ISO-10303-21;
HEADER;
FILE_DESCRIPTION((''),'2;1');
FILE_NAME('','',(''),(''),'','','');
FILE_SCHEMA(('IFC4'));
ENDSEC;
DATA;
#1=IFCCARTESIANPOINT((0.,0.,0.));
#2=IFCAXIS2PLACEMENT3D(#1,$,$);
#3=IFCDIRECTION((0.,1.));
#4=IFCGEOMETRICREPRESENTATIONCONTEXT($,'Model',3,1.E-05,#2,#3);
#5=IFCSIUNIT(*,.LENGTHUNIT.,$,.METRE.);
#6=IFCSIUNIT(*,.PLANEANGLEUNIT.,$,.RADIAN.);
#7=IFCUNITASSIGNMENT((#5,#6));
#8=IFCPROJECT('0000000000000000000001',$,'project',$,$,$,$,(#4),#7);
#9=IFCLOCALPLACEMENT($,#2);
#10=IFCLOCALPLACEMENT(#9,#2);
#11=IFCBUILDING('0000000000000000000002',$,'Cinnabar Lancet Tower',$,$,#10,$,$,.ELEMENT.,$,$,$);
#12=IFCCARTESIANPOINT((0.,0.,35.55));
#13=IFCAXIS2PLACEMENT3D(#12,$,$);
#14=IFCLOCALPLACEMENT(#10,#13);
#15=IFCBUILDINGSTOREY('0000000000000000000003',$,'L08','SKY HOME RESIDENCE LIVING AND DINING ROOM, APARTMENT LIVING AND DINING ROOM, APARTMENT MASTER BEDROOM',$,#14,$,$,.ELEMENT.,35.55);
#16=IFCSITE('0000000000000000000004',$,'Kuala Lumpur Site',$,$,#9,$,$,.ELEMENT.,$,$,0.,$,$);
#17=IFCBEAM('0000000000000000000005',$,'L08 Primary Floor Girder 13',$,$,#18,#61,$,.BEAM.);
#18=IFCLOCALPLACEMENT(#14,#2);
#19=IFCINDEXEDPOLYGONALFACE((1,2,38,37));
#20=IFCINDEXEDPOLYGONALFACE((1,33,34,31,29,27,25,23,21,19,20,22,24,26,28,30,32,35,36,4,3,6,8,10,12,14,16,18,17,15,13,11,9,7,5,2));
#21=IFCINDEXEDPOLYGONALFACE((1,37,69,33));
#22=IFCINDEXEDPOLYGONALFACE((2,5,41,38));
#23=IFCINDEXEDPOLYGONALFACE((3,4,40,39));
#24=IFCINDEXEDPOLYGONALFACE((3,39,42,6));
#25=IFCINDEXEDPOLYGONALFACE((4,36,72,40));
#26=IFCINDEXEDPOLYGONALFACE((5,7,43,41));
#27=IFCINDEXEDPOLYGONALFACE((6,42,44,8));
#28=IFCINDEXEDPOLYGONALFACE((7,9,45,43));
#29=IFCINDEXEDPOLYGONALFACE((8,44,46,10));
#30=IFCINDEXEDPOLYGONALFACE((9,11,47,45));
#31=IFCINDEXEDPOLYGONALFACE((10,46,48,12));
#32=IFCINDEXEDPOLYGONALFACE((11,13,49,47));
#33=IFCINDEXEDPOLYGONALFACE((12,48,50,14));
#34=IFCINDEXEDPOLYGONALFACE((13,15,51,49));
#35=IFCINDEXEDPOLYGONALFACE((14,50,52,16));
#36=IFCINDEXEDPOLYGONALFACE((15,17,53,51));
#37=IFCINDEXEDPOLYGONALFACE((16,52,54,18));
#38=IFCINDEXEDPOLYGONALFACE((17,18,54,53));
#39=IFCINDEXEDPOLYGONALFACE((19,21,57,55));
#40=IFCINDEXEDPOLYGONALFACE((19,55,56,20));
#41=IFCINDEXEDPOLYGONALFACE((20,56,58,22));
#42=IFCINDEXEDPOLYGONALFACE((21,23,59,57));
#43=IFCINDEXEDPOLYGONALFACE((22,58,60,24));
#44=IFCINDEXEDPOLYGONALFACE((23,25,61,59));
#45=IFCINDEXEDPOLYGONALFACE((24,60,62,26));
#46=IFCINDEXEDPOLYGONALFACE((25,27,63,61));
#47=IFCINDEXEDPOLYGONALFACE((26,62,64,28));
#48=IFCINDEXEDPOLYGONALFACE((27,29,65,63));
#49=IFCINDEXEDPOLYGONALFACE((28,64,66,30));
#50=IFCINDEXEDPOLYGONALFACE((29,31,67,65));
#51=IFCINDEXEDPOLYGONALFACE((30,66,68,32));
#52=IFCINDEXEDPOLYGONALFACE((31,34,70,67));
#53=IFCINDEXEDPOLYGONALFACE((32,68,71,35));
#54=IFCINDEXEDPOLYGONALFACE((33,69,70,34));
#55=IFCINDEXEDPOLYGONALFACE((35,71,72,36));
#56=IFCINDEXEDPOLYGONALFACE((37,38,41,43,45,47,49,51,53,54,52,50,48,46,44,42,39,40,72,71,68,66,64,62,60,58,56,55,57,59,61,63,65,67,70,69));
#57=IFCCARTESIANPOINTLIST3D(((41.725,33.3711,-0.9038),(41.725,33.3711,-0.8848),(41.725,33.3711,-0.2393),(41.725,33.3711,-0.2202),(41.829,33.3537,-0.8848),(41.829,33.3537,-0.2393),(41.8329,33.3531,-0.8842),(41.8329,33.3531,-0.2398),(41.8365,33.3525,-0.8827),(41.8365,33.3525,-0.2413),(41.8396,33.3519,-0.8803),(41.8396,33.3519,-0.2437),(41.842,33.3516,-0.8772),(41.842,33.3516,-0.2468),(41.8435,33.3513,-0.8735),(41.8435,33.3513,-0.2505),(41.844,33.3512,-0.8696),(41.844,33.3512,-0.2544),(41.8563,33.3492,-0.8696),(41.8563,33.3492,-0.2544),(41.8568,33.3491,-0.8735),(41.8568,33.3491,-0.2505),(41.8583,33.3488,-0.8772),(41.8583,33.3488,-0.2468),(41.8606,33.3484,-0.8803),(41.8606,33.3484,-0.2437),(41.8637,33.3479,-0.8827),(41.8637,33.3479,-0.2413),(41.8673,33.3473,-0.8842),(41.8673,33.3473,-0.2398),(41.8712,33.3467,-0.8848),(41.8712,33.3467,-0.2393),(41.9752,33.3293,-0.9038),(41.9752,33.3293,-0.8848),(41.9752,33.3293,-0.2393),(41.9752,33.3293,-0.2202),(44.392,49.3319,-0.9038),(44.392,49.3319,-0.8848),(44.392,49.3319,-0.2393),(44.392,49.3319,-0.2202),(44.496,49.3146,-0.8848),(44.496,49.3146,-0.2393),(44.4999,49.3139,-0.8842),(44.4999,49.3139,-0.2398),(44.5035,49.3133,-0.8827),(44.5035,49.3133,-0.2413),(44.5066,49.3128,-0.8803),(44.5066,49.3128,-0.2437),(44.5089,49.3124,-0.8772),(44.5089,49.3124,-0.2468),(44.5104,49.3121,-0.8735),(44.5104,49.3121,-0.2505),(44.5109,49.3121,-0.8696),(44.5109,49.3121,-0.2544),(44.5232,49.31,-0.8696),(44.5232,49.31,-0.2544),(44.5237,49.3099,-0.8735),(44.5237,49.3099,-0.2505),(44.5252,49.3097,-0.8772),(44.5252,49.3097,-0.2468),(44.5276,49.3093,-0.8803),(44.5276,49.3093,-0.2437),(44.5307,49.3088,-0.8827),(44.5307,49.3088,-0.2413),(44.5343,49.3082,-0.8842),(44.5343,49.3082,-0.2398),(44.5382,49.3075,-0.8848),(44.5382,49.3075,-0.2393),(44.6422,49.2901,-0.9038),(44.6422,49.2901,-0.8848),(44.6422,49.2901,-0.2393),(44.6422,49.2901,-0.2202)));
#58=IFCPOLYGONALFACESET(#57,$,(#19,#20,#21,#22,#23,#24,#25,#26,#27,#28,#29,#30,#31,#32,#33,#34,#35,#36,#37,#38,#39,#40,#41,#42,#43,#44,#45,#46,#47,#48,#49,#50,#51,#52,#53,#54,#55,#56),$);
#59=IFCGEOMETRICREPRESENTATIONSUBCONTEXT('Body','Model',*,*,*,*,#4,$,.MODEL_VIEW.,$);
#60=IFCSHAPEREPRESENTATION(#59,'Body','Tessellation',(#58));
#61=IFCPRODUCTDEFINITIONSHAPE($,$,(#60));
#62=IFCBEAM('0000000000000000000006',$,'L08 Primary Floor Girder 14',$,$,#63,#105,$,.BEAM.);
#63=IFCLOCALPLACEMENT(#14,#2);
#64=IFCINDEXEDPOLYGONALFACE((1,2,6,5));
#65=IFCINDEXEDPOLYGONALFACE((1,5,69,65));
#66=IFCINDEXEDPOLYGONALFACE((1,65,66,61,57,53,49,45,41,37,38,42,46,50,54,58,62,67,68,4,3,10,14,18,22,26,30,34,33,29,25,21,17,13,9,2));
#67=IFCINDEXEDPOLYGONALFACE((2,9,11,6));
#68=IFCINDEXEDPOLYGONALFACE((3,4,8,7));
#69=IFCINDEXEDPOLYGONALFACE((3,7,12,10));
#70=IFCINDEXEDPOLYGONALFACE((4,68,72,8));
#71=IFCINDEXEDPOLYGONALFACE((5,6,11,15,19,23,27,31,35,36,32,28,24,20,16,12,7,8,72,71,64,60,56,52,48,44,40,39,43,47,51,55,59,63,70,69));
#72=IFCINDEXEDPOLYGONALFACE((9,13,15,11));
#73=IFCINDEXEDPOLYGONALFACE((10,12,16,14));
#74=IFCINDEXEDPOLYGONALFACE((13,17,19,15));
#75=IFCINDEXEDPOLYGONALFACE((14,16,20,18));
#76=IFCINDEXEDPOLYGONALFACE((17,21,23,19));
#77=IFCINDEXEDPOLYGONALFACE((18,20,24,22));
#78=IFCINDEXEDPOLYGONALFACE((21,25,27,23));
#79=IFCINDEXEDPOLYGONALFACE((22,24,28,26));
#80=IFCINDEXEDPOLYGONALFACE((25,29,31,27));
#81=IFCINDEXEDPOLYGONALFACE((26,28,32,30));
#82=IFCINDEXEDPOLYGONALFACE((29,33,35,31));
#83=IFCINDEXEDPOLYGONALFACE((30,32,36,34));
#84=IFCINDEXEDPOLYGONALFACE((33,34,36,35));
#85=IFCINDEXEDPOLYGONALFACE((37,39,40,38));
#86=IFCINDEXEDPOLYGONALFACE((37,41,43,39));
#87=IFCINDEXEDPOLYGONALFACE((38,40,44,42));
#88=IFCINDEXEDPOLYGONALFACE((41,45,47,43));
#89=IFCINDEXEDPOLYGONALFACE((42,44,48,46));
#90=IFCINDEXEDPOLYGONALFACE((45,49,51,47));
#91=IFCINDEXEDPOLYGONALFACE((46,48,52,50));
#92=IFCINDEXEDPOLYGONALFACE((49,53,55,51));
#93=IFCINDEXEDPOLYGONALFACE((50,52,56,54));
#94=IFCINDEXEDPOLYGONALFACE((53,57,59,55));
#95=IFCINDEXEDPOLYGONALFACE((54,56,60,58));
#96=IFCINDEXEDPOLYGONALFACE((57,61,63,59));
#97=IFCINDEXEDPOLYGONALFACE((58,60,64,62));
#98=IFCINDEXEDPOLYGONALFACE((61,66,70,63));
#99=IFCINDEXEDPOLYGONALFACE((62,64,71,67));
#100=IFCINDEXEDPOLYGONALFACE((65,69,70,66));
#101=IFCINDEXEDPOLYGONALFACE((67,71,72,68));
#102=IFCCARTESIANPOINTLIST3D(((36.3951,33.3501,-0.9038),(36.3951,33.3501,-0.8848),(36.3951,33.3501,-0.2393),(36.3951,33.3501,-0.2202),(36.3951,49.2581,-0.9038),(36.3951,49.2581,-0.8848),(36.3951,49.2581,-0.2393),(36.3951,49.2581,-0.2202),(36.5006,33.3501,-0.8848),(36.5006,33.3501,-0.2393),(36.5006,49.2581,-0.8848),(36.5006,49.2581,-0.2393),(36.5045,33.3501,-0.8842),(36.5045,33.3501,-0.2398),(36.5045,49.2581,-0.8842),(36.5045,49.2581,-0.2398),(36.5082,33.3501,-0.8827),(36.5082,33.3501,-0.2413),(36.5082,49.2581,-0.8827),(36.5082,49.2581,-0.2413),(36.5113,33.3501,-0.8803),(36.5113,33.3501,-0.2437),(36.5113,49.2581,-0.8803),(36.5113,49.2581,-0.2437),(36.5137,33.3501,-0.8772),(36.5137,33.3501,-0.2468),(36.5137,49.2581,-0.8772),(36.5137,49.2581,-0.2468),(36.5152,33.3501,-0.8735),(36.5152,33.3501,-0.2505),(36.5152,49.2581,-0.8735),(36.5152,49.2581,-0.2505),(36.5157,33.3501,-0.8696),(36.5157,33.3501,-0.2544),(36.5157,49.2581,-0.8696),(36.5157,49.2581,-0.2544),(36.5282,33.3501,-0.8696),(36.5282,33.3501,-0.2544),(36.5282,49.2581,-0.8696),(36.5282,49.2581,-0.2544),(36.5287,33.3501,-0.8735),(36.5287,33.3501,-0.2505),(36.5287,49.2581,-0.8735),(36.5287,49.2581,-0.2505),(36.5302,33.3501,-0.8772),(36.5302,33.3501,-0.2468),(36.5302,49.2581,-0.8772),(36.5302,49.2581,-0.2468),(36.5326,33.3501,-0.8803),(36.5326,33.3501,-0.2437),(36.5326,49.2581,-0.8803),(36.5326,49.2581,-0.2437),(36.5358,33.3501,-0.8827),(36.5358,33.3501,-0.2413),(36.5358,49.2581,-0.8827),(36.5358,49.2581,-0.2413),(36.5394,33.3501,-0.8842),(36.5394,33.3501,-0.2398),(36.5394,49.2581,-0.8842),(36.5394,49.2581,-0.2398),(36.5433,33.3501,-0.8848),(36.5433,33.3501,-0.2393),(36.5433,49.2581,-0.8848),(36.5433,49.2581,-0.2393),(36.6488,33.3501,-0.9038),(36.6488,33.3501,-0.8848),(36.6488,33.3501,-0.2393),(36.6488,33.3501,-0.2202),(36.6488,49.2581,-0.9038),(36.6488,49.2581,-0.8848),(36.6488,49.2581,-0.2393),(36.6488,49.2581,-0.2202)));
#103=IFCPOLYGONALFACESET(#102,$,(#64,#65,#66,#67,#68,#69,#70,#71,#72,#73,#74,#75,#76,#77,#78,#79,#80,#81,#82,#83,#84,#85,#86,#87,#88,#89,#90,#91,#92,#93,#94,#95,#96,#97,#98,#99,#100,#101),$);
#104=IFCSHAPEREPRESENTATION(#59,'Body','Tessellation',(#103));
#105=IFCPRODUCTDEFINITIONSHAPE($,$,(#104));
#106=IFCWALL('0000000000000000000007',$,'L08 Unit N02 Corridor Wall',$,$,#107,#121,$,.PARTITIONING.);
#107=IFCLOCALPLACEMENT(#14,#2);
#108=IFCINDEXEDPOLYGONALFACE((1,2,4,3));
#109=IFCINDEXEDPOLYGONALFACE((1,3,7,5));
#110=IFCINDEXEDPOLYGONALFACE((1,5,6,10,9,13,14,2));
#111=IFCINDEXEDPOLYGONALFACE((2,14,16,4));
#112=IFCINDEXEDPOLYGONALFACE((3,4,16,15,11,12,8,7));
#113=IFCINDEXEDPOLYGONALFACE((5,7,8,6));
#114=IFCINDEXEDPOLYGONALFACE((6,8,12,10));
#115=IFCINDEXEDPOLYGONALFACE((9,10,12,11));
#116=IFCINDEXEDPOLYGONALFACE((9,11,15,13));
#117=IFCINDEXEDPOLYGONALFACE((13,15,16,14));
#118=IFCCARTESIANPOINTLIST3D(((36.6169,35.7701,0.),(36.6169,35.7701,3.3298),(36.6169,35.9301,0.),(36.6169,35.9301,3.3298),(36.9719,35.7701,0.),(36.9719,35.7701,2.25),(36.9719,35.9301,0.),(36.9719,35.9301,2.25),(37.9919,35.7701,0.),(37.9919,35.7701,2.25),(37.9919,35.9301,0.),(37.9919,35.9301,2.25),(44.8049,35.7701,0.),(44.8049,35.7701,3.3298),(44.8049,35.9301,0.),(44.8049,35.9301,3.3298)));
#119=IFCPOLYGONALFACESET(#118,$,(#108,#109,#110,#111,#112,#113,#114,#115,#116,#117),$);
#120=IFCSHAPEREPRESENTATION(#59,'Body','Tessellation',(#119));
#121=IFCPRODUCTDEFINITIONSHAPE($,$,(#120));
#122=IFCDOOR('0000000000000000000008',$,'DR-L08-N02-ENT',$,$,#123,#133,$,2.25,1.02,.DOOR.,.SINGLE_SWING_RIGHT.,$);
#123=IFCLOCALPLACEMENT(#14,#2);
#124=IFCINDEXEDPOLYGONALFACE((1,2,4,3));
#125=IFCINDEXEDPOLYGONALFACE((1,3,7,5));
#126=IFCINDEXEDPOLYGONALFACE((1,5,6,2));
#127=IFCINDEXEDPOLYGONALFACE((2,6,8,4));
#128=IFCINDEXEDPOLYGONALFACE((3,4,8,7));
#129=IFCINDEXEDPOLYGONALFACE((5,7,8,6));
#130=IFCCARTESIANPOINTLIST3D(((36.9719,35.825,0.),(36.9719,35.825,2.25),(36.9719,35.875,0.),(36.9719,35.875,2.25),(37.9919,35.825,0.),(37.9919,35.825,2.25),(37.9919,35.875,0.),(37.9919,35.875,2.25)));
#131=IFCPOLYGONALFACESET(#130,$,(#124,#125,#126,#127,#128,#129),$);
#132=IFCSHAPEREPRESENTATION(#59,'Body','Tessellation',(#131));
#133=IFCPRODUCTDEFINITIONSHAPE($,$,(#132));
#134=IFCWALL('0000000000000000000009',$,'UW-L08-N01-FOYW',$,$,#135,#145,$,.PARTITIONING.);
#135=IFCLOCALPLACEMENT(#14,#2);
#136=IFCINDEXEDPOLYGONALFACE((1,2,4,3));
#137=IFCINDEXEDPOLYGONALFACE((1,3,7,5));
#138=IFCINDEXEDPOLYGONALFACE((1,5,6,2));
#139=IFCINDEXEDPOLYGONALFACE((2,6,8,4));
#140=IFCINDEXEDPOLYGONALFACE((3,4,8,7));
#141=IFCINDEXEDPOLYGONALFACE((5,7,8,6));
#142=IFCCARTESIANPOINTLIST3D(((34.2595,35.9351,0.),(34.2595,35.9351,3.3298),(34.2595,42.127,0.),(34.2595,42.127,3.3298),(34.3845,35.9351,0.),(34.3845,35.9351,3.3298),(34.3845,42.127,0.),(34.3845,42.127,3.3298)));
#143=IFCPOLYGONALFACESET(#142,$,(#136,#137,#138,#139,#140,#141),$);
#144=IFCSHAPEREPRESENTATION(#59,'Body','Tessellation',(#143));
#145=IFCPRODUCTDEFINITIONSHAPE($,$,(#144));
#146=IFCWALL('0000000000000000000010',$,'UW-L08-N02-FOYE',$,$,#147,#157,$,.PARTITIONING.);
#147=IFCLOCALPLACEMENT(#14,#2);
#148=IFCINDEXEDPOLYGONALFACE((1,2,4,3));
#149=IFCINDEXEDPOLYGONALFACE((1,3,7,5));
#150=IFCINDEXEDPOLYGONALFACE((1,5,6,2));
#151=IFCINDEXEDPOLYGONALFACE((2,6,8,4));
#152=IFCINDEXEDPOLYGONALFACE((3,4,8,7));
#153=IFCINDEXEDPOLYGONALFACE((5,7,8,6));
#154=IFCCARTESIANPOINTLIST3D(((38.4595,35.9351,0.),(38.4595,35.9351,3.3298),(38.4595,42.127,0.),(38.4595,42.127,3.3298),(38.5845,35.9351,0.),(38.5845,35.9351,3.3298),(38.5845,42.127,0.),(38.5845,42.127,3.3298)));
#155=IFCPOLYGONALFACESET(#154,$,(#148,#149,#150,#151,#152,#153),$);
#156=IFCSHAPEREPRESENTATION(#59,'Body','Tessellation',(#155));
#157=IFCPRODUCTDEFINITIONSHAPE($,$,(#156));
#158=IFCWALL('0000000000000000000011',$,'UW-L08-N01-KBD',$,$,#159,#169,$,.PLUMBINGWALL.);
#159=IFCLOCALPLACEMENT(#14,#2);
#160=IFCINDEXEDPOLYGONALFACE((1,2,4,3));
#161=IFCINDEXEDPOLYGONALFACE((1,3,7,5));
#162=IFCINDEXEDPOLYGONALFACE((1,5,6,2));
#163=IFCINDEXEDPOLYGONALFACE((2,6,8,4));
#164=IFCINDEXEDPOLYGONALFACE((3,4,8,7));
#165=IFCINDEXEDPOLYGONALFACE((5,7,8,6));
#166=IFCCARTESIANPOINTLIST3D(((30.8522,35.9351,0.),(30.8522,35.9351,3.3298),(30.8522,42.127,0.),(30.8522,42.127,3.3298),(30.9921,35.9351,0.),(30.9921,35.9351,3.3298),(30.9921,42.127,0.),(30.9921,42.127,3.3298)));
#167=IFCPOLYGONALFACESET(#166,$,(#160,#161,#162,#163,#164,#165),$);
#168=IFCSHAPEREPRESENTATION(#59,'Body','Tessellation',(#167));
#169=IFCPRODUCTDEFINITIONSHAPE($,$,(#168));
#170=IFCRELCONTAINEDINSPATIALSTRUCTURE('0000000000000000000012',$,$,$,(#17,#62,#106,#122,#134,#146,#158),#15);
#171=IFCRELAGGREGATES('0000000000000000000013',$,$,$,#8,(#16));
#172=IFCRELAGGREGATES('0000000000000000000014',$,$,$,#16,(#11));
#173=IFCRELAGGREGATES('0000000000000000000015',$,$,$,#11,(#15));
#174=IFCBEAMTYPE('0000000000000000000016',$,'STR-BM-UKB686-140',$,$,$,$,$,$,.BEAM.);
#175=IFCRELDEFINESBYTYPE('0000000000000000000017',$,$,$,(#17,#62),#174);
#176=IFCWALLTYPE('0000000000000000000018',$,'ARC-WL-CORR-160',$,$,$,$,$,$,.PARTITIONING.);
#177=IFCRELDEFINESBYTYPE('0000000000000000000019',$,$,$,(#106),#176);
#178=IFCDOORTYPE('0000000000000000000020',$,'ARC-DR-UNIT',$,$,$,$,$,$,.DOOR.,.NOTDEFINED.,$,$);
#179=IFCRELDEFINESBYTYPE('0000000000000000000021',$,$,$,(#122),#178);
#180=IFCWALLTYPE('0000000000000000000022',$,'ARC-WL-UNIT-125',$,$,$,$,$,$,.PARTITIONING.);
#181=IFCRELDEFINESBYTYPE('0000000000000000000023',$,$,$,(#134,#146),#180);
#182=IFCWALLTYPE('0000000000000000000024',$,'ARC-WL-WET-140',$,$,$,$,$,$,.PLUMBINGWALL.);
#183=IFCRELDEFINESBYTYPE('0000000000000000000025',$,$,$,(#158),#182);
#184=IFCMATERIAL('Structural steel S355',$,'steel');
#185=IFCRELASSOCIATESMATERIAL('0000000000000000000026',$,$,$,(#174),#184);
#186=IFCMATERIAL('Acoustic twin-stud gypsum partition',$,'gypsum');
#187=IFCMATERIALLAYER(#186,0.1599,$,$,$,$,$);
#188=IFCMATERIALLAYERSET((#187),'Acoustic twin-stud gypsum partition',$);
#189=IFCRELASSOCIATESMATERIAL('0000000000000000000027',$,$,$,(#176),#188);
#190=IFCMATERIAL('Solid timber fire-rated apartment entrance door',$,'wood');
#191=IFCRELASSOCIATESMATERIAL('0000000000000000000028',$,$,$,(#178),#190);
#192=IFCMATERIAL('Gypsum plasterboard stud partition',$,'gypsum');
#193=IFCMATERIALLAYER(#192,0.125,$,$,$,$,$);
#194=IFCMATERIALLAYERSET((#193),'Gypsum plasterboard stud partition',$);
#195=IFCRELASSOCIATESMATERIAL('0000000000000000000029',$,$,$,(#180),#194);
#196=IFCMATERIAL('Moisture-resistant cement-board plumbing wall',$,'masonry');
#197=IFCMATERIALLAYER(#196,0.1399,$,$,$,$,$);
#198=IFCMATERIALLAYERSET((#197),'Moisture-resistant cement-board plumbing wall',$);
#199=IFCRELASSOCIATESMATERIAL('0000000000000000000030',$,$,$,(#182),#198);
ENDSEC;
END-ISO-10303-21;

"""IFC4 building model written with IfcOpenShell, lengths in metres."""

from ifc_helpers import new_model, si_unit, direction, frame, frame_2d, origin, origin_2d, place, context, subcontext, project, spatial, rectangle, i_section, extrude, material, layer, layer_set, material_profile, profile_set, type_object, element, fill, save


model = new_model("IFC4")

# Units and contexts
model_context = context("Model", 3, precision=1e-05, world=origin(), true_north=direction((0.0, 1.0)))
body_context = subcontext(model_context, "Body", "Model", "MODEL_VIEW")
ifc_project = project(units=[si_unit("LENGTHUNIT", "METRE"), si_unit("PLANEANGLEUNIT", "RADIAN")], contexts=[model_context])

# Site, building, storey
site_placement = place(None, origin())
site = spatial("IfcSite", under=ifc_project, at=site_placement, Name="Kuala Lumpur Site", CompositionType="ELEMENT", RefElevation=0.0)
building_placement = place(site_placement, origin())
building = spatial("IfcBuilding", under=site, at=building_placement, Name="Cinnabar Lancet Tower", CompositionType="ELEMENT")
storey_placement = place(building_placement, frame((0.0, 0.0, 35.55)))
storey = spatial("IfcBuildingStorey", under=building, at=storey_placement, Name="L08", Description="SKY HOME RESIDENCE LIVING AND DINING ROOM, APARTMENT LIVING AND DINING ROOM, APARTMENT MASTER BEDROOM", CompositionType="ELEMENT", Elevation=35.55)

# Beams
ifc_material_1 = material(Name="Structural steel S355", Category="steel")
ifc_material_profile_1 = material_profile(ifc_material_1, i_section(OverallWidth=0.2537, OverallDepth=0.6836, WebThickness=0.0125, FlangeThickness=0.019, FilletRadius=0.0151, at=origin_2d()), Name="UKB 686x254x140")
ifc_profile_set_1 = profile_set([ifc_material_profile_1], Name="Structural steel S355")
beam_type_1 = type_object("IfcBeamType", Name="STR-BM-UKB686-140", PredefinedType="BEAM", material=ifc_profile_set_1)
beam_1_placement = place(storey_placement, frame((44.5171, 49.311, -0.562), z_axis=(-0.16481, -0.986325, 0.0), x_axis=(0.986325, -0.16481, 0.0)))
element("IfcBeam", 1, at=beam_1_placement, inside=storey, type_object=beam_type_1, Name="L08 Primary Floor Girder 13", PredefinedType="BEAM", context=body_context, shape_type="SweptSolid", body=[
    extrude(i_section(OverallWidth=0.2537, OverallDepth=0.6836, WebThickness=0.0125, FlangeThickness=0.019, FilletRadius=0.0151, at=origin_2d()), origin(), (0.0, 0.0, 1.0), 16.1821),
])
beam_2_placement = place(storey_placement, frame((36.522, 49.2581, -0.562), z_axis=(0.0, -1.0, 0.0), x_axis=(1.0, 0.0, 0.0)))
element("IfcBeam", 2, at=beam_2_placement, inside=storey, type_object=beam_type_1, Name="L08 Primary Floor Girder 14", PredefinedType="BEAM", context=body_context, shape_type="SweptSolid", body=[
    extrude(i_section(OverallWidth=0.2537, OverallDepth=0.6836, WebThickness=0.0125, FlangeThickness=0.019, FilletRadius=0.0151, at=origin_2d()), origin(), (0.0, 0.0, 1.0), 15.908),
])

# Wall, opening, door
ifc_material_2 = material(Name="Acoustic twin-stud gypsum partition", Category="gypsum")
ifc_layer_1 = layer(ifc_material_2, 0.1599)
ifc_layer_set_1 = layer_set([ifc_layer_1], Name="Acoustic twin-stud gypsum partition")
wall_type_1 = type_object("IfcWallType", Name="ARC-WL-CORR-160", PredefinedType="PARTITIONING", material=ifc_layer_set_1)
wall_1_placement = place(storey_placement, frame((36.6169, 35.8501, 0.0), z_axis=(0.0, 0.0, 1.0), x_axis=(1.0, 0.0, 0.0)))
wall_1 = element("IfcWall", 3, at=wall_1_placement, inside=storey, type_object=wall_type_1, Name="L08 Unit N02 Corridor Wall", PredefinedType="PARTITIONING", context=body_context, shape_type="SweptSolid", body=[
    extrude(rectangle(XDim=8.188, YDim=0.1599, at=frame_2d((4.094, 0.0))), origin(), (0.0, 0.0, 1.0), 3.3298),
])
opening_1_placement = place(wall_1_placement, frame((0.355, 0.0, 0.0)))
opening_1 = element("IfcOpeningElement", 4, at=opening_1_placement, cuts=wall_1, PredefinedType="OPENING", context=body_context, shape_type="SweptSolid", body=[
    extrude(rectangle(XDim=1.02, YDim=2.25, at=frame_2d((0.51, 1.125))), frame((0.0, 0.0898, 0.0), z_axis=(0.0, -1.0, 0.0), x_axis=(1.0, 0.0, 0.0)), (0.0, 0.0, 1.0), 0.1799),
])
ifc_material_3 = material(Name="Solid timber fire-rated apartment entrance door", Category="wood")
door_type_1 = type_object("IfcDoorType", Name="ARC-DR-UNIT", OperationType="NOTDEFINED", PredefinedType="DOOR", material=ifc_material_3)
door_1_placement = place(opening_1_placement, origin())
door_1 = element("IfcDoor", 5, at=door_1_placement, inside=storey, type_object=door_type_1, Name="DR-L08-N02-ENT", OperationType="SINGLE_SWING_RIGHT", OverallHeight=2.25, OverallWidth=1.02, PredefinedType="DOOR", context=body_context, shape_type="SweptSolid", body=[
    extrude(rectangle(XDim=1.02, YDim=2.25, at=frame_2d((0.51, 1.125))), frame((0.0, 0.0249, 0.0), z_axis=(0.0, -1.0, 0.0), x_axis=(1.0, 0.0, 0.0)), (0.0, 0.0, 1.0), 0.05),
])
fill(opening_1, door_1)

# Walls
ifc_material_4 = material(Name="Gypsum plasterboard stud partition", Category="gypsum")
ifc_layer_2 = layer(ifc_material_4, 0.125)
ifc_layer_set_2 = layer_set([ifc_layer_2], Name="Gypsum plasterboard stud partition")
wall_type_2 = type_object("IfcWallType", Name="ARC-WL-UNIT-125", PredefinedType="PARTITIONING", material=ifc_layer_set_2)
for number, where, z_axis, x_axis, name in (
    (6, (34.322, 35.9351, 0.0), (0.0, 0.0, 1.0), (0.0, 1.0, 0.0), "UW-L08-N01-FOYW"),
    (7, (38.522, 35.9351, 0.0), (0.0, 0.0, 1.0), (0.0, 1.0, 0.0), "UW-L08-N02-FOYE"),
):
    element("IfcWall", number, at=place(storey_placement, frame(where, z_axis=z_axis, x_axis=x_axis)), inside=storey, type_object=wall_type_2, Name=name, PredefinedType="PARTITIONING", context=body_context, shape_type="SweptSolid", body=[
        extrude(rectangle(XDim=6.1919, YDim=0.125, at=frame_2d((3.0959, 0.0))), origin(), (0.0, 0.0, 1.0), 3.3298),
    ])
ifc_material_5 = material(Name="Moisture-resistant cement-board plumbing wall", Category="masonry")
ifc_layer_3 = layer(ifc_material_5, 0.1399)
ifc_layer_set_3 = layer_set([ifc_layer_3], Name="Moisture-resistant cement-board plumbing wall")
wall_type_3 = type_object("IfcWallType", Name="ARC-WL-WET-140", PredefinedType="PLUMBINGWALL", material=ifc_layer_set_3)
wall_2_placement = place(storey_placement, frame((30.9221, 35.9351, 0.0), z_axis=(0.0, 0.0, 1.0), x_axis=(0.0, 1.0, 0.0)))
element("IfcWall", 8, at=wall_2_placement, inside=storey, type_object=wall_type_3, Name="UW-L08-N01-KBD", PredefinedType="PLUMBINGWALL", context=body_context, shape_type="SweptSolid", body=[
    extrude(rectangle(XDim=6.1919, YDim=0.1399, at=frame_2d((3.0959, 0.0))), origin(), (0.0, 0.0, 1.0), 3.3298),
])

save(model, "model.ifc")
